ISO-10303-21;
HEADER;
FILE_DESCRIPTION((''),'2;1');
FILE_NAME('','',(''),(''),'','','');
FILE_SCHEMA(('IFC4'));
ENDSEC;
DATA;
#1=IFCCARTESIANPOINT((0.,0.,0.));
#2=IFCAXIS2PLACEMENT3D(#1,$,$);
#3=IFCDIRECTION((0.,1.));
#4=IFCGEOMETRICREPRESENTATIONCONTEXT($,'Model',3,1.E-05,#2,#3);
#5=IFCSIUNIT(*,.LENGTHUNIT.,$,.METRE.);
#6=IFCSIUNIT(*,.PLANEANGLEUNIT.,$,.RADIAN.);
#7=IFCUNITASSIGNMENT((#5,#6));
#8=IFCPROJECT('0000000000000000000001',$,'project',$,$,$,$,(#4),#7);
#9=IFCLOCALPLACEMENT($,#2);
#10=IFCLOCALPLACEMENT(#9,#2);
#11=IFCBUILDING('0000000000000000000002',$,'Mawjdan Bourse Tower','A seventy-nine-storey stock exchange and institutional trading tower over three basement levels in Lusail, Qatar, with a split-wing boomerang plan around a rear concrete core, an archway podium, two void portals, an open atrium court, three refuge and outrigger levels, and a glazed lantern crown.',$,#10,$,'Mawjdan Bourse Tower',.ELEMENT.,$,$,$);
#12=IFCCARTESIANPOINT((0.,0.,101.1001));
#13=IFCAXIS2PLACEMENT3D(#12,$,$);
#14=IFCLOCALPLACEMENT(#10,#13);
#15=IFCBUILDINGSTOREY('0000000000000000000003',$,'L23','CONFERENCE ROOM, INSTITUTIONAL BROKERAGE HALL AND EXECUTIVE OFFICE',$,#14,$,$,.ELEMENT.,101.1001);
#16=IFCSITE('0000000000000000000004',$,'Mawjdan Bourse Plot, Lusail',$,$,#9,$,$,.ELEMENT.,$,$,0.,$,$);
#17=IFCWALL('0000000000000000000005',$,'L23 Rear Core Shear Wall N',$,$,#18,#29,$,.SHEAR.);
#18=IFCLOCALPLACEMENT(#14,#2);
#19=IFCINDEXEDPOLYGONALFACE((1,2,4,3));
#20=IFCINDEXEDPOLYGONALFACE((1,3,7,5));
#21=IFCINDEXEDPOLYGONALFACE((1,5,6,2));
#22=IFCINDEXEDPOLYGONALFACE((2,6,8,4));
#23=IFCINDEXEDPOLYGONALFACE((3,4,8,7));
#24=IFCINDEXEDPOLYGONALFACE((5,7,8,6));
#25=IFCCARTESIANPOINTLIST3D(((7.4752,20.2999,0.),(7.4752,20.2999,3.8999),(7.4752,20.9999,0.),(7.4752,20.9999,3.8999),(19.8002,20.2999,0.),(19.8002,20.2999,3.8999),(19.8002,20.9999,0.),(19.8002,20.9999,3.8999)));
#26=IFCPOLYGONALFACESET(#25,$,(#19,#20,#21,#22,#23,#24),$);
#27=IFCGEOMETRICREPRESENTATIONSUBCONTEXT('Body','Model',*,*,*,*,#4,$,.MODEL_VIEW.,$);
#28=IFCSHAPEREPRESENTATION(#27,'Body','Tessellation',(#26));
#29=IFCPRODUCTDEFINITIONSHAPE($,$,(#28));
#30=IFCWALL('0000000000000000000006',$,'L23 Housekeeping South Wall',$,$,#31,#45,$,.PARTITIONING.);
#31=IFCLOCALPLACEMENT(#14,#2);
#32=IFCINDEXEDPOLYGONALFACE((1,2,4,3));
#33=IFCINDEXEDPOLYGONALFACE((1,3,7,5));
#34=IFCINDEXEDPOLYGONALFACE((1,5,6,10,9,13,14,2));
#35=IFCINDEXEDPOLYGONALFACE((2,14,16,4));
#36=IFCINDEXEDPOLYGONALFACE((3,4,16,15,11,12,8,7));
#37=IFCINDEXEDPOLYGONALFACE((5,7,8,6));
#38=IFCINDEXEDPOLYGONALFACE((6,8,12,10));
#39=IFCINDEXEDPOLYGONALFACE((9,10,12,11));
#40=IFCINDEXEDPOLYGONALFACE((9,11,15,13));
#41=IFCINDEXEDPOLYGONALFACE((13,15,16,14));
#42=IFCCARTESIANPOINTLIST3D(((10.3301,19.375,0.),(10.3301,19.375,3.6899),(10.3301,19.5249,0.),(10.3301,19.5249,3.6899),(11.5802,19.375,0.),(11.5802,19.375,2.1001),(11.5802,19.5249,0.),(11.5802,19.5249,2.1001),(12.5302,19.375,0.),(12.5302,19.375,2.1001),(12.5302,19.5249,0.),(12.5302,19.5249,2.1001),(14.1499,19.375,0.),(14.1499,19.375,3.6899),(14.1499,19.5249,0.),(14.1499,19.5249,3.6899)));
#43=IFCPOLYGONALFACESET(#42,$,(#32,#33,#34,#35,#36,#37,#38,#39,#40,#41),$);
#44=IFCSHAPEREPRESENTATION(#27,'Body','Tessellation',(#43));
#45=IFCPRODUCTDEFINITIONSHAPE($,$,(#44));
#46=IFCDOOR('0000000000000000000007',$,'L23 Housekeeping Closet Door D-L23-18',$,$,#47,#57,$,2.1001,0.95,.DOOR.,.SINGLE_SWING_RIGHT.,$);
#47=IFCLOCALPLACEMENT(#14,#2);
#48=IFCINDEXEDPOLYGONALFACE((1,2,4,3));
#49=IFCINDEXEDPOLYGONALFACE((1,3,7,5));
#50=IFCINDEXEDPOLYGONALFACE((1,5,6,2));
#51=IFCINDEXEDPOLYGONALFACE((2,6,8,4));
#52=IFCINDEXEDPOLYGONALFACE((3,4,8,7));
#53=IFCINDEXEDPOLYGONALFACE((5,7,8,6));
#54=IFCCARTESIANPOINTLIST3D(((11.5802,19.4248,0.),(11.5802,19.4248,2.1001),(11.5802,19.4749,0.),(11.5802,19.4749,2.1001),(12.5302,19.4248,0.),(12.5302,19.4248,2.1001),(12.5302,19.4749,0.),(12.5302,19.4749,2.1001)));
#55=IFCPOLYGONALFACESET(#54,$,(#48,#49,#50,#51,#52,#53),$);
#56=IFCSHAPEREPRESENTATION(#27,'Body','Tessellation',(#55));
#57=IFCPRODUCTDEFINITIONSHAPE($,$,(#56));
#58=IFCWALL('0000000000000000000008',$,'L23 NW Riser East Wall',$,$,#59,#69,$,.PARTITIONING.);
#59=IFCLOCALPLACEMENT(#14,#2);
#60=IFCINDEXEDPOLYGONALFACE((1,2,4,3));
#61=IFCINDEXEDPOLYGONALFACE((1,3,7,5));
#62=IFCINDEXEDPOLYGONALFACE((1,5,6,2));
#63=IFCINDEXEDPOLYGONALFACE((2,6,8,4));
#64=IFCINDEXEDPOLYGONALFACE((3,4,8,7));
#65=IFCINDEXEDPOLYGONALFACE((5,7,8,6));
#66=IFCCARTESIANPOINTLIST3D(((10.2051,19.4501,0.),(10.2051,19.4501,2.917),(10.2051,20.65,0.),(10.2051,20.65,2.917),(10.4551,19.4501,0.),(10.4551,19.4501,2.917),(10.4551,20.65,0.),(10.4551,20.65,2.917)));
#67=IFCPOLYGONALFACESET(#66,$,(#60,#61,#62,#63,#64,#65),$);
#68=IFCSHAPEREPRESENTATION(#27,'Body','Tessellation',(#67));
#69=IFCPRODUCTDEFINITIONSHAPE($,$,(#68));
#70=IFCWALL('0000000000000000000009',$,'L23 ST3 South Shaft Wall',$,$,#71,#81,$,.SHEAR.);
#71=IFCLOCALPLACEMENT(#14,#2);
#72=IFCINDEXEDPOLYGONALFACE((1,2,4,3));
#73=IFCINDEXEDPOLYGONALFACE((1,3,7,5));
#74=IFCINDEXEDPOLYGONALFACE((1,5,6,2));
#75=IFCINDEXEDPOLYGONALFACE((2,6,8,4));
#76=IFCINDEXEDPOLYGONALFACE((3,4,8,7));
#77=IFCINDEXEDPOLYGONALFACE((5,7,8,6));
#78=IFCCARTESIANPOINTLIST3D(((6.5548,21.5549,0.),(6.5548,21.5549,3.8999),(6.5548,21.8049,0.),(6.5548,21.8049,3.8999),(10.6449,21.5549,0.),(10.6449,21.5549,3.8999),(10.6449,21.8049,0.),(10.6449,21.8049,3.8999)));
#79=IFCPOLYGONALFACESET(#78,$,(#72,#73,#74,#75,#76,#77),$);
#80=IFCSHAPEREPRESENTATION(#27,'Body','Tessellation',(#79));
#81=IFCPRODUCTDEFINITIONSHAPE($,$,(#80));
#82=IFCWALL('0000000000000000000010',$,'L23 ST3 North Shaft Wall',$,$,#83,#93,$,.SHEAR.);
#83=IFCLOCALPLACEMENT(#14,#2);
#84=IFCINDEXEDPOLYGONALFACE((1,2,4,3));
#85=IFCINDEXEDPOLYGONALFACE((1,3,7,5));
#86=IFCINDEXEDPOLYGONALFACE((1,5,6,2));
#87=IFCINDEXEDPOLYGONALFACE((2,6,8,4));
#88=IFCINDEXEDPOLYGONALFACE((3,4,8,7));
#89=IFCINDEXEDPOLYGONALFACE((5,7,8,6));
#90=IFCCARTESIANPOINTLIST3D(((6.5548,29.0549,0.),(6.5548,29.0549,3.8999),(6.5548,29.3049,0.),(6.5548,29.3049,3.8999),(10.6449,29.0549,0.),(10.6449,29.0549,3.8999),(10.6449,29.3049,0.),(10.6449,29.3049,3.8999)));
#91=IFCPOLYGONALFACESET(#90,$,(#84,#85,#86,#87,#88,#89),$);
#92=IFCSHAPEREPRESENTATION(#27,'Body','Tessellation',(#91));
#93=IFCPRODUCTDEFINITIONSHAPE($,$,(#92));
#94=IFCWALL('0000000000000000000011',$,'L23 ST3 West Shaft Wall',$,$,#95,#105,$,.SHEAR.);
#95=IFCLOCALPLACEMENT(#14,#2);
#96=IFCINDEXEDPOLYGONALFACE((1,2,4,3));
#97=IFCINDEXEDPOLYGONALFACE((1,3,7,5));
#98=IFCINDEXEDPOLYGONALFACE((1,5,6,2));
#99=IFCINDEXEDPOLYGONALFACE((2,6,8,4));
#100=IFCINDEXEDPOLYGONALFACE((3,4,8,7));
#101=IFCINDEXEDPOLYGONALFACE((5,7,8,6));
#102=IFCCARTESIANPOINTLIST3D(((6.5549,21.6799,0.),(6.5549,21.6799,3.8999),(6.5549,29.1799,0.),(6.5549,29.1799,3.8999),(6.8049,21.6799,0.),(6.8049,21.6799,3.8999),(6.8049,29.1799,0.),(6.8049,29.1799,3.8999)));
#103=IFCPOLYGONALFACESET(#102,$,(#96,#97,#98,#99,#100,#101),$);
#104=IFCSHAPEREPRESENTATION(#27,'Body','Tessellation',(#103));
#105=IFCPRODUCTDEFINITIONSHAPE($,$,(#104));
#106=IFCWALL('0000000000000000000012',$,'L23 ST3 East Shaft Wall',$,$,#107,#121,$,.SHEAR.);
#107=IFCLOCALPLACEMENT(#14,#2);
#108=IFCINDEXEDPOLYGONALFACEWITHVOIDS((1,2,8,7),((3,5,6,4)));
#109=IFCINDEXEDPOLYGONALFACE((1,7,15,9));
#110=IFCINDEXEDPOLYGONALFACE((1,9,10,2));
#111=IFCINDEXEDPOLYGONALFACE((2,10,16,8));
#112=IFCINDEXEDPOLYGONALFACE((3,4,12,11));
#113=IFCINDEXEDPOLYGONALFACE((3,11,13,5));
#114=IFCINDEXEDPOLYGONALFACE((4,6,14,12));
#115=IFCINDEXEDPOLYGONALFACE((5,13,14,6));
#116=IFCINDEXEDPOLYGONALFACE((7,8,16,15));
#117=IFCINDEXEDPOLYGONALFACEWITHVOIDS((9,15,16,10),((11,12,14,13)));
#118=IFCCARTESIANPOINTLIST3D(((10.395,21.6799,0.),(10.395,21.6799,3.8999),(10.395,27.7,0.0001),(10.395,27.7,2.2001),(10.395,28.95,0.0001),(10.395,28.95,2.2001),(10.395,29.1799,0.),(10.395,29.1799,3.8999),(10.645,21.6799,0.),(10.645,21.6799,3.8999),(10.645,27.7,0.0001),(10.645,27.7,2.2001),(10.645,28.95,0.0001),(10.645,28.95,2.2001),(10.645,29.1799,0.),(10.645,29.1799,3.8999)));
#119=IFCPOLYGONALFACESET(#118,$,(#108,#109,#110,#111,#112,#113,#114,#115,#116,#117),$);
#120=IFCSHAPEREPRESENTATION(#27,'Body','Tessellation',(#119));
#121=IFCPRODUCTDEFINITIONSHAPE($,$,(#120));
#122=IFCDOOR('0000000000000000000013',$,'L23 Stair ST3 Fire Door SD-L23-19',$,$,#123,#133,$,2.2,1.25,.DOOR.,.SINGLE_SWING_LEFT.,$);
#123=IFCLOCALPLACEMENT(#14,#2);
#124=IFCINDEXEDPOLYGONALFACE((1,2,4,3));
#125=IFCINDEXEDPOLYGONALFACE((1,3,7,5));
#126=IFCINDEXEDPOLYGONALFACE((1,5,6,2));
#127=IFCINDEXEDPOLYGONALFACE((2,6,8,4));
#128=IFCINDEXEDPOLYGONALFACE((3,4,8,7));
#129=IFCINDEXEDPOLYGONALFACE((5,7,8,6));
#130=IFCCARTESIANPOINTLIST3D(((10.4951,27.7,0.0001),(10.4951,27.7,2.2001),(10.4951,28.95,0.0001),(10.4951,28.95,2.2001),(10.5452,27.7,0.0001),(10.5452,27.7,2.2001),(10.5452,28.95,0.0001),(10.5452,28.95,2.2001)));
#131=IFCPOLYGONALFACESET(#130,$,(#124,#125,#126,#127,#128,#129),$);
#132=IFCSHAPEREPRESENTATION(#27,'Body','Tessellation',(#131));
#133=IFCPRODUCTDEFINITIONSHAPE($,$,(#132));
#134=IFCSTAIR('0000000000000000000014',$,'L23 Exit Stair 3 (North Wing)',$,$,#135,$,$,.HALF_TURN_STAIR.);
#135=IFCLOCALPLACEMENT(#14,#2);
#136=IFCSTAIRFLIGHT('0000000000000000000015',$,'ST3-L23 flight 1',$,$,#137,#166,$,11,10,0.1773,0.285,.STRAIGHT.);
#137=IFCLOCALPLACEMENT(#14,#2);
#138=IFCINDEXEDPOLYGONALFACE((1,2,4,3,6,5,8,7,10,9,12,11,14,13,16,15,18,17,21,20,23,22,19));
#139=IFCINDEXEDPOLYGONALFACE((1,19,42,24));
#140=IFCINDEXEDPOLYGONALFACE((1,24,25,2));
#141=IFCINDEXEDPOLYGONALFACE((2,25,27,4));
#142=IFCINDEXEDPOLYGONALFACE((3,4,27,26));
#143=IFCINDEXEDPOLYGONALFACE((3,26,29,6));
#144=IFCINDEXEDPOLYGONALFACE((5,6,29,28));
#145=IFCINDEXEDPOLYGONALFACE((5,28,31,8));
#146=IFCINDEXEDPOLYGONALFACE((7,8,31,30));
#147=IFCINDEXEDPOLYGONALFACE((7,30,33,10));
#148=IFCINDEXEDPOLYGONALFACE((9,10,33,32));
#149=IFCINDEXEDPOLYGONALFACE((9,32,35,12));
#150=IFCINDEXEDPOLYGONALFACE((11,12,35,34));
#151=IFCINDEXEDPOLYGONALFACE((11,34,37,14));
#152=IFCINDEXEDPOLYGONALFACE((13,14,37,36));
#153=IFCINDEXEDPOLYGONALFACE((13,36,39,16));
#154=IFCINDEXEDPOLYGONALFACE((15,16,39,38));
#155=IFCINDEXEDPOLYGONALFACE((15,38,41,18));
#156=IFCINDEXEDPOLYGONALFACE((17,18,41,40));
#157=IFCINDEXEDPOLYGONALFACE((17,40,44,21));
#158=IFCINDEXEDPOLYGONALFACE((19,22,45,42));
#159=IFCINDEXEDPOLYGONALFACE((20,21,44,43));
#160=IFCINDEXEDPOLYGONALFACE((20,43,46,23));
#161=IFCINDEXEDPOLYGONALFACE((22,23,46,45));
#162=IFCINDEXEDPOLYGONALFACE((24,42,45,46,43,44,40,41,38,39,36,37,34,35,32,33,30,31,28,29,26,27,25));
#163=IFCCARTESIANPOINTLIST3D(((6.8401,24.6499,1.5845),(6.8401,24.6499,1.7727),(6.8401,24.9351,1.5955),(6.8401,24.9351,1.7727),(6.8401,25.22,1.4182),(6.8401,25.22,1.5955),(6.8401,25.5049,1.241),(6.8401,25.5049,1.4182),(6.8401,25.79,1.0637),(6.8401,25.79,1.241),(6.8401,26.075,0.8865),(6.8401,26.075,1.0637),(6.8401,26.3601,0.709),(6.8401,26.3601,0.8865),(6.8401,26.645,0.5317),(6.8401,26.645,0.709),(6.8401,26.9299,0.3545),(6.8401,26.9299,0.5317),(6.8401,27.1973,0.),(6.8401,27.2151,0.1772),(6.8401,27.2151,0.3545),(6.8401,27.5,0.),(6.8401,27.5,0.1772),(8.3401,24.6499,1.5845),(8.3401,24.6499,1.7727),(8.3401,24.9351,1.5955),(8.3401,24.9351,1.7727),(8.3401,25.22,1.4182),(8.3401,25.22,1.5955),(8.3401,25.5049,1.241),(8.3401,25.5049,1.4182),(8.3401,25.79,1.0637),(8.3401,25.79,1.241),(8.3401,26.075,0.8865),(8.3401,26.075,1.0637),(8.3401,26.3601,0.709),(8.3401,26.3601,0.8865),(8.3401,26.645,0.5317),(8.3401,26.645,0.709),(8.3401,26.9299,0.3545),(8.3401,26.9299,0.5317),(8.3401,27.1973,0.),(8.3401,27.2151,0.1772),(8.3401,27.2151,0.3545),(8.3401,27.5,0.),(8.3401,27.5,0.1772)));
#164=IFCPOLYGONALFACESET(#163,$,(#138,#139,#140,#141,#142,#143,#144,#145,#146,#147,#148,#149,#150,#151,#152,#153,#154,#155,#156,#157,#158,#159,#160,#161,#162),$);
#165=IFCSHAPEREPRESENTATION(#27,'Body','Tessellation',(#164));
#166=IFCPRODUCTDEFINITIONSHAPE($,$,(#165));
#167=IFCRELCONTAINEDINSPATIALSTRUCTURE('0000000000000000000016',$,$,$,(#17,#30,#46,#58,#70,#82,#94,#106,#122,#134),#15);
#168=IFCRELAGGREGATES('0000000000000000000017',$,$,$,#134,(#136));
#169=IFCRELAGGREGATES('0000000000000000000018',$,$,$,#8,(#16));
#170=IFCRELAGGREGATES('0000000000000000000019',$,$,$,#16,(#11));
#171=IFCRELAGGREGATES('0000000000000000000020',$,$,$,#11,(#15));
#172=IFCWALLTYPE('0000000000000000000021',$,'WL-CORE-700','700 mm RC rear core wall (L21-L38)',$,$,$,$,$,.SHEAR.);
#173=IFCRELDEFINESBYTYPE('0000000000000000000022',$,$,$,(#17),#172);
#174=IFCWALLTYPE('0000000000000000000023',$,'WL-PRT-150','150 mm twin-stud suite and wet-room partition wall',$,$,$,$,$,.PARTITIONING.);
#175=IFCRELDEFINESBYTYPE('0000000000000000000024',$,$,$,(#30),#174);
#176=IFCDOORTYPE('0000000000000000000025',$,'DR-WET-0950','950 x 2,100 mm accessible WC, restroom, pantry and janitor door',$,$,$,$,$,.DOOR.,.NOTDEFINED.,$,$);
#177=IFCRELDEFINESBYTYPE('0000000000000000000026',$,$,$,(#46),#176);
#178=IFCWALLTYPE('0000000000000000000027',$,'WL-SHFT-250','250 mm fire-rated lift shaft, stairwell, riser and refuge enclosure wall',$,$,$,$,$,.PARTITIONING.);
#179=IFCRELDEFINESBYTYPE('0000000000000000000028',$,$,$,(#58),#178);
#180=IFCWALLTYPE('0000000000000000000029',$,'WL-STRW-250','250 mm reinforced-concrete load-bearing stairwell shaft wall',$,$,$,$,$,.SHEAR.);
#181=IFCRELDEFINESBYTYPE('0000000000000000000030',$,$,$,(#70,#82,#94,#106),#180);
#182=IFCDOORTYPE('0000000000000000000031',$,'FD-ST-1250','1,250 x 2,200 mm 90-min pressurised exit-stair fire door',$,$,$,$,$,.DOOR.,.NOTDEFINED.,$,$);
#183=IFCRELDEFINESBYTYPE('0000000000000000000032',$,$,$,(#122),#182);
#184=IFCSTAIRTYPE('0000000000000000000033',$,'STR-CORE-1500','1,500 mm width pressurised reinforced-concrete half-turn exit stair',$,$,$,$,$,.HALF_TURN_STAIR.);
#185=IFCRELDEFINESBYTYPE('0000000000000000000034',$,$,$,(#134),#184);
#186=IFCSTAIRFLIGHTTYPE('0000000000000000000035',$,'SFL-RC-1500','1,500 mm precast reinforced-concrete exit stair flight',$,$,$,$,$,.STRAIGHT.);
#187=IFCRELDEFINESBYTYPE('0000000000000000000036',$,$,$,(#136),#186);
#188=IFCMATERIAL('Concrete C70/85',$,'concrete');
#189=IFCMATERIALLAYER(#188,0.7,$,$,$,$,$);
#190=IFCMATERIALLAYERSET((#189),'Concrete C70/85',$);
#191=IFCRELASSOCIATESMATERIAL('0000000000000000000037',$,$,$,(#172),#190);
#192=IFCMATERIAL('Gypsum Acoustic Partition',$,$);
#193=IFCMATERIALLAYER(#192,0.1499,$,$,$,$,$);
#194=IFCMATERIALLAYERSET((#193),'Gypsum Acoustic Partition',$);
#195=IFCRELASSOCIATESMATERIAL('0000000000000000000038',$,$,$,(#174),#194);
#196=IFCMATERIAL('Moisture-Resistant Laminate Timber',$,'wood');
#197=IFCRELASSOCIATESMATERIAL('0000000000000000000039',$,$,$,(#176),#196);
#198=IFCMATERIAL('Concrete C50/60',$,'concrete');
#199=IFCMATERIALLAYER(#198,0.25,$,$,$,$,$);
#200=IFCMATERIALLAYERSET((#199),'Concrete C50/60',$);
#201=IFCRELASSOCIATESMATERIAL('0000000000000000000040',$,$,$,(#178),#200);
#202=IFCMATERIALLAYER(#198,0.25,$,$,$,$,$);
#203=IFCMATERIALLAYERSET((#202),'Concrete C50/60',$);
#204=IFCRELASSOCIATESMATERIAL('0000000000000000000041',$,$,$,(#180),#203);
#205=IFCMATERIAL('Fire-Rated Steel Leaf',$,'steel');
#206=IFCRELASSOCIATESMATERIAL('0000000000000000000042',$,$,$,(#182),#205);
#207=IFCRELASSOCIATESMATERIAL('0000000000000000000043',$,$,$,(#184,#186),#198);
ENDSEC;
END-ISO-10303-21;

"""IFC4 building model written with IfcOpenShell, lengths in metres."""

from ifc_helpers import new_model, si_unit, direction, frame, frame_2d, origin, place, context, subcontext, project, spatial, polyline, rectangle, outline, extrude, material, layer, layer_set, type_object, element, fill, aggregate, save


model = new_model("IFC4")

# Units and contexts
model_context = context("Model", 3, precision=1e-05, world=origin(), true_north=direction((0.0, 1.0)))
body_context = subcontext(model_context, "Body", "Model", "MODEL_VIEW")
ifc_project = project(units=[si_unit("LENGTHUNIT", "METRE"), si_unit("PLANEANGLEUNIT", "RADIAN")], contexts=[model_context])

# Site, building, storey
site_placement = place(None, origin())
site = spatial("IfcSite", under=ifc_project, at=site_placement, Name="Mawjdan Bourse Plot, Lusail", CompositionType="ELEMENT", RefElevation=0.0)
building_placement = place(site_placement, origin())
building = spatial("IfcBuilding", under=site, at=building_placement, Name="Mawjdan Bourse Tower", Description="A seventy-nine-storey stock exchange and institutional trading tower over three basement levels in Lusail, Qatar, with a split-wing boomerang plan around a rear concrete core, an archway podium, two void portals, an open atrium court, three refuge and outrigger levels, and a glazed lantern crown.", LongName="Mawjdan Bourse Tower", CompositionType="ELEMENT")
storey_placement = place(building_placement, frame((0.0, 0.0, 101.1001)))
storey = spatial("IfcBuildingStorey", under=building, at=storey_placement, Name="L23", Description="CONFERENCE ROOM, INSTITUTIONAL BROKERAGE HALL AND EXECUTIVE OFFICE", CompositionType="ELEMENT", Elevation=101.1001)

# Shared definitions
ifc_material_1 = material(Name="Concrete C70/85", Category="concrete")

# Wall
ifc_layer_1 = layer(ifc_material_1, 0.7)
ifc_layer_set_1 = layer_set([ifc_layer_1], Name="Concrete C70/85")
wall_type_1 = type_object("IfcWallType", Name="WL-CORE-700", Description="700 mm RC rear core wall (L21-L38)", PredefinedType="SHEAR", material=ifc_layer_set_1)
wall_1_placement = place(storey_placement, frame((7.4751, 20.6499, 0.0), z_axis=(0.0, 0.0, 1.0), x_axis=(1.0, 0.0, 0.0)))
element("IfcWall", 1, at=wall_1_placement, inside=storey, type_object=wall_type_1, Name="L23 Rear Core Shear Wall N", PredefinedType="SHEAR", context=body_context, shape_type="SweptSolid", body=[
    extrude(rectangle(XDim=12.325, YDim=0.7, at=frame_2d((6.1626, 0.0))), origin(), (0.0, 0.0, 1.0), 3.8999),
])

# Wall, opening, door
ifc_material_2 = material(Name="Gypsum Acoustic Partition")
ifc_layer_2 = layer(ifc_material_2, 0.1499)
ifc_layer_set_2 = layer_set([ifc_layer_2], Name="Gypsum Acoustic Partition")
wall_type_2 = type_object("IfcWallType", Name="WL-PRT-150", Description="150 mm twin-stud suite and wet-room partition wall", PredefinedType="PARTITIONING", material=ifc_layer_set_2)
wall_2_placement = place(storey_placement, frame((10.3301, 19.45, 0.0), z_axis=(0.0, 0.0, 1.0), x_axis=(1.0, 0.0, 0.0)))
wall_2 = element("IfcWall", 2, at=wall_2_placement, inside=storey, type_object=wall_type_2, Name="L23 Housekeeping South Wall", PredefinedType="PARTITIONING", context=body_context, shape_type="SweptSolid", body=[
    extrude(rectangle(XDim=3.8198, YDim=0.1499, at=frame_2d((1.9099, 0.0))), origin(), (0.0, 0.0, 1.0), 3.6899),
])
opening_1_placement = place(wall_2_placement, frame((1.25, 0.0, 0.0)))
opening_1 = element("IfcOpeningElement", 3, at=opening_1_placement, cuts=wall_2, PredefinedType="OPENING", context=body_context, shape_type="SweptSolid", body=[
    extrude(rectangle(XDim=0.95, YDim=2.1001, at=frame_2d((0.4751, 1.05))), frame((0.0, 0.085, 0.0), z_axis=(0.0, -1.0, 0.0), x_axis=(1.0, 0.0, 0.0)), (0.0, 0.0, 1.0), 0.1699),
])
ifc_material_3 = material(Name="Moisture-Resistant Laminate Timber", Category="wood")
door_type_1 = type_object("IfcDoorType", Name="DR-WET-0950", Description="950 x 2,100 mm accessible WC, restroom, pantry and janitor door", OperationType="NOTDEFINED", PredefinedType="DOOR", material=ifc_material_3)
door_1_placement = place(opening_1_placement, origin())
door_1 = element("IfcDoor", 4, at=door_1_placement, inside=storey, type_object=door_type_1, Name="L23 Housekeeping Closet Door D-L23-18", OperationType="SINGLE_SWING_RIGHT", OverallHeight=2.1001, OverallWidth=0.95, PredefinedType="DOOR", context=body_context, shape_type="SweptSolid", body=[
    extrude(rectangle(XDim=0.95, YDim=2.1001, at=frame_2d((0.4751, 1.05))), frame((0.0, 0.0249, 0.0), z_axis=(0.0, -1.0, 0.0), x_axis=(1.0, 0.0, 0.0)), (0.0, 0.0, 1.0), 0.05),
])
fill(opening_1, door_1)

# Walls
ifc_material_4 = material(Name="Concrete C50/60", Category="concrete")
ifc_layer_3 = layer(ifc_material_4, 0.25)
ifc_layer_set_3 = layer_set([ifc_layer_3], Name="Concrete C50/60")
wall_type_3 = type_object("IfcWallType", Name="WL-SHFT-250", Description="250 mm fire-rated lift shaft, stairwell, riser and refuge enclosure wall", PredefinedType="PARTITIONING", material=ifc_layer_set_3)
wall_3_placement = place(storey_placement, frame((10.3301, 19.45, 0.0), z_axis=(0.0, 0.0, 1.0), x_axis=(0.0, 1.0, 0.0)))
element("IfcWall", 5, at=wall_3_placement, inside=storey, type_object=wall_type_3, Name="L23 NW Riser East Wall", PredefinedType="PARTITIONING", context=body_context, shape_type="SweptSolid", body=[
    extrude(rectangle(XDim=1.2, YDim=0.25, at=frame_2d((0.6001, 0.0))), origin(), (0.0, 0.0, 1.0), 2.917),
])
ifc_layer_4 = layer(ifc_material_4, 0.25)
ifc_layer_set_4 = layer_set([ifc_layer_4], Name="Concrete C50/60")
wall_type_4 = type_object("IfcWallType", Name="WL-STRW-250", Description="250 mm reinforced-concrete load-bearing stairwell shaft wall", PredefinedType="SHEAR", material=ifc_layer_set_4)
for number, where, z_axis, x_axis, name in (
    (6, (6.5549, 21.6799, 0.0), (0.0, 0.0, 1.0), (1.0, 0.0, 0.0), "L23 ST3 South Shaft Wall"),
    (7, (6.5549, 29.1799, 0.0), (0.0, 0.0, 1.0), (1.0, 0.0, 0.0), "L23 ST3 North Shaft Wall"),
):
    element("IfcWall", number, at=place(storey_placement, frame(where, z_axis=z_axis, x_axis=x_axis)), inside=storey, type_object=wall_type_4, Name=name, PredefinedType="SHEAR", context=body_context, shape_type="SweptSolid", body=[
        extrude(rectangle(XDim=4.0901, YDim=0.25, at=frame_2d((2.0449, 0.0))), origin(), (0.0, 0.0, 1.0), 3.8999),
    ])
wall_4_placement = place(storey_placement, frame((6.6799, 21.6799, 0.0), z_axis=(0.0, 0.0, 1.0), x_axis=(0.0, 1.0, 0.0)))
element("IfcWall", 8, at=wall_4_placement, inside=storey, type_object=wall_type_4, Name="L23 ST3 West Shaft Wall", PredefinedType="SHEAR", context=body_context, shape_type="SweptSolid", body=[
    extrude(rectangle(XDim=7.5, YDim=0.25, at=frame_2d((3.75, 0.0))), origin(), (0.0, 0.0, 1.0), 3.8999),
])

# Wall, opening, door
wall_5_placement = place(storey_placement, frame((10.52, 21.6799, 0.0), z_axis=(0.0, 0.0, 1.0), x_axis=(0.0, 1.0, 0.0)))
wall_5 = element("IfcWall", 9, at=wall_5_placement, inside=storey, type_object=wall_type_4, Name="L23 ST3 East Shaft Wall", PredefinedType="SHEAR", context=body_context, shape_type="SweptSolid", body=[
    extrude(rectangle(XDim=7.5, YDim=0.25, at=frame_2d((3.75, 0.0))), origin(), (0.0, 0.0, 1.0), 3.8999),
])
opening_2_placement = place(wall_5_placement, frame((6.02, 0.0, 0.0)))
opening_2 = element("IfcOpeningElement", 10, at=opening_2_placement, cuts=wall_5, PredefinedType="OPENING", context=body_context, shape_type="SweptSolid", body=[
    extrude(rectangle(XDim=1.25, YDim=2.2, at=frame_2d((0.625, 1.1001))), frame((0.0, 0.135, 0.0), z_axis=(0.0, -1.0, 0.0), x_axis=(1.0, 0.0, 0.0)), (0.0, 0.0, 1.0), 0.27),
])
ifc_material_5 = material(Name="Fire-Rated Steel Leaf", Category="steel")
door_type_2 = type_object("IfcDoorType", Name="FD-ST-1250", Description="1,250 x 2,200 mm 90-min pressurised exit-stair fire door", OperationType="NOTDEFINED", PredefinedType="DOOR", material=ifc_material_5)
door_2_placement = place(opening_2_placement, origin())
door_2 = element("IfcDoor", 11, at=door_2_placement, inside=storey, type_object=door_type_2, Name="L23 Stair ST3 Fire Door SD-L23-19", OperationType="SINGLE_SWING_LEFT", OverallHeight=2.2, OverallWidth=1.25, PredefinedType="DOOR", context=body_context, shape_type="SweptSolid", body=[
    extrude(rectangle(XDim=1.25, YDim=2.2, at=frame_2d((0.625, 1.1001))), frame((0.0, 0.0249, 0.0), z_axis=(0.0, -1.0, 0.0), x_axis=(1.0, 0.0, 0.0)), (0.0, 0.0, 1.0), 0.05),
])
fill(opening_2, door_2)

# Stair, stair flight
stair_type = type_object("IfcStairType", Name="STR-CORE-1500", Description="1,500 mm width pressurised reinforced-concrete half-turn exit stair", PredefinedType="HALF_TURN_STAIR", material=ifc_material_4)
stair_placement = place(storey_placement, origin())
stair = element("IfcStair", 12, at=stair_placement, inside=storey, type_object=stair_type, Name="L23 Exit Stair 3 (North Wing)", PredefinedType="HALF_TURN_STAIR")
stair_flight_type = type_object("IfcStairFlightType", Name="SFL-RC-1500", Description="1,500 mm precast reinforced-concrete exit stair flight", PredefinedType="STRAIGHT", material=ifc_material_4)
stair_flight_1_placement = place(storey_placement, frame((7.5901, 27.5, 0.0), z_axis=(0.0, 0.0, 1.0), x_axis=(0.0, -1.0, 0.0)))
stair_flight_1 = element("IfcStairFlight", 13, at=stair_flight_1_placement, type_object=stair_flight_type, Name="ST3-L23 flight 1", NumberOfRisers=11, NumberOfTreads=10, PredefinedType="STRAIGHT", RiserHeight=0.1773, TreadLength=0.285, context=body_context, shape_type="SweptSolid", body=[
    extrude(outline(polyline([(0.0, 0.0), (0.0, 0.1772), (0.2849, 0.1772), (0.2849, 0.3545), (0.5701, 0.3545), (0.5701, 0.5317), (0.855, 0.5317), (0.855, 0.709), (1.1399, 0.709), (1.1399, 0.8865), (1.425, 0.8865), (1.425, 1.0637), (1.71, 1.0637), (1.71, 1.241), (1.9951, 1.241), (1.9951, 1.4182), (2.28, 1.4182), (2.28, 1.5955), (2.5649, 1.5955), (2.5649, 1.7727), (2.8501, 1.7727), (2.8501, 1.95), (2.8501, 1.5845), (0.3027, 0.0), (0.0, 0.0)])), frame((0.0, 0.75, 0.0), z_axis=(0.0, -1.0, 0.0), x_axis=(1.0, 0.0, 0.0)), (0.0, 0.0, 1.0), 1.5),
])
aggregate(stair, [stair_flight_1])

save(model, "model.ifc")
